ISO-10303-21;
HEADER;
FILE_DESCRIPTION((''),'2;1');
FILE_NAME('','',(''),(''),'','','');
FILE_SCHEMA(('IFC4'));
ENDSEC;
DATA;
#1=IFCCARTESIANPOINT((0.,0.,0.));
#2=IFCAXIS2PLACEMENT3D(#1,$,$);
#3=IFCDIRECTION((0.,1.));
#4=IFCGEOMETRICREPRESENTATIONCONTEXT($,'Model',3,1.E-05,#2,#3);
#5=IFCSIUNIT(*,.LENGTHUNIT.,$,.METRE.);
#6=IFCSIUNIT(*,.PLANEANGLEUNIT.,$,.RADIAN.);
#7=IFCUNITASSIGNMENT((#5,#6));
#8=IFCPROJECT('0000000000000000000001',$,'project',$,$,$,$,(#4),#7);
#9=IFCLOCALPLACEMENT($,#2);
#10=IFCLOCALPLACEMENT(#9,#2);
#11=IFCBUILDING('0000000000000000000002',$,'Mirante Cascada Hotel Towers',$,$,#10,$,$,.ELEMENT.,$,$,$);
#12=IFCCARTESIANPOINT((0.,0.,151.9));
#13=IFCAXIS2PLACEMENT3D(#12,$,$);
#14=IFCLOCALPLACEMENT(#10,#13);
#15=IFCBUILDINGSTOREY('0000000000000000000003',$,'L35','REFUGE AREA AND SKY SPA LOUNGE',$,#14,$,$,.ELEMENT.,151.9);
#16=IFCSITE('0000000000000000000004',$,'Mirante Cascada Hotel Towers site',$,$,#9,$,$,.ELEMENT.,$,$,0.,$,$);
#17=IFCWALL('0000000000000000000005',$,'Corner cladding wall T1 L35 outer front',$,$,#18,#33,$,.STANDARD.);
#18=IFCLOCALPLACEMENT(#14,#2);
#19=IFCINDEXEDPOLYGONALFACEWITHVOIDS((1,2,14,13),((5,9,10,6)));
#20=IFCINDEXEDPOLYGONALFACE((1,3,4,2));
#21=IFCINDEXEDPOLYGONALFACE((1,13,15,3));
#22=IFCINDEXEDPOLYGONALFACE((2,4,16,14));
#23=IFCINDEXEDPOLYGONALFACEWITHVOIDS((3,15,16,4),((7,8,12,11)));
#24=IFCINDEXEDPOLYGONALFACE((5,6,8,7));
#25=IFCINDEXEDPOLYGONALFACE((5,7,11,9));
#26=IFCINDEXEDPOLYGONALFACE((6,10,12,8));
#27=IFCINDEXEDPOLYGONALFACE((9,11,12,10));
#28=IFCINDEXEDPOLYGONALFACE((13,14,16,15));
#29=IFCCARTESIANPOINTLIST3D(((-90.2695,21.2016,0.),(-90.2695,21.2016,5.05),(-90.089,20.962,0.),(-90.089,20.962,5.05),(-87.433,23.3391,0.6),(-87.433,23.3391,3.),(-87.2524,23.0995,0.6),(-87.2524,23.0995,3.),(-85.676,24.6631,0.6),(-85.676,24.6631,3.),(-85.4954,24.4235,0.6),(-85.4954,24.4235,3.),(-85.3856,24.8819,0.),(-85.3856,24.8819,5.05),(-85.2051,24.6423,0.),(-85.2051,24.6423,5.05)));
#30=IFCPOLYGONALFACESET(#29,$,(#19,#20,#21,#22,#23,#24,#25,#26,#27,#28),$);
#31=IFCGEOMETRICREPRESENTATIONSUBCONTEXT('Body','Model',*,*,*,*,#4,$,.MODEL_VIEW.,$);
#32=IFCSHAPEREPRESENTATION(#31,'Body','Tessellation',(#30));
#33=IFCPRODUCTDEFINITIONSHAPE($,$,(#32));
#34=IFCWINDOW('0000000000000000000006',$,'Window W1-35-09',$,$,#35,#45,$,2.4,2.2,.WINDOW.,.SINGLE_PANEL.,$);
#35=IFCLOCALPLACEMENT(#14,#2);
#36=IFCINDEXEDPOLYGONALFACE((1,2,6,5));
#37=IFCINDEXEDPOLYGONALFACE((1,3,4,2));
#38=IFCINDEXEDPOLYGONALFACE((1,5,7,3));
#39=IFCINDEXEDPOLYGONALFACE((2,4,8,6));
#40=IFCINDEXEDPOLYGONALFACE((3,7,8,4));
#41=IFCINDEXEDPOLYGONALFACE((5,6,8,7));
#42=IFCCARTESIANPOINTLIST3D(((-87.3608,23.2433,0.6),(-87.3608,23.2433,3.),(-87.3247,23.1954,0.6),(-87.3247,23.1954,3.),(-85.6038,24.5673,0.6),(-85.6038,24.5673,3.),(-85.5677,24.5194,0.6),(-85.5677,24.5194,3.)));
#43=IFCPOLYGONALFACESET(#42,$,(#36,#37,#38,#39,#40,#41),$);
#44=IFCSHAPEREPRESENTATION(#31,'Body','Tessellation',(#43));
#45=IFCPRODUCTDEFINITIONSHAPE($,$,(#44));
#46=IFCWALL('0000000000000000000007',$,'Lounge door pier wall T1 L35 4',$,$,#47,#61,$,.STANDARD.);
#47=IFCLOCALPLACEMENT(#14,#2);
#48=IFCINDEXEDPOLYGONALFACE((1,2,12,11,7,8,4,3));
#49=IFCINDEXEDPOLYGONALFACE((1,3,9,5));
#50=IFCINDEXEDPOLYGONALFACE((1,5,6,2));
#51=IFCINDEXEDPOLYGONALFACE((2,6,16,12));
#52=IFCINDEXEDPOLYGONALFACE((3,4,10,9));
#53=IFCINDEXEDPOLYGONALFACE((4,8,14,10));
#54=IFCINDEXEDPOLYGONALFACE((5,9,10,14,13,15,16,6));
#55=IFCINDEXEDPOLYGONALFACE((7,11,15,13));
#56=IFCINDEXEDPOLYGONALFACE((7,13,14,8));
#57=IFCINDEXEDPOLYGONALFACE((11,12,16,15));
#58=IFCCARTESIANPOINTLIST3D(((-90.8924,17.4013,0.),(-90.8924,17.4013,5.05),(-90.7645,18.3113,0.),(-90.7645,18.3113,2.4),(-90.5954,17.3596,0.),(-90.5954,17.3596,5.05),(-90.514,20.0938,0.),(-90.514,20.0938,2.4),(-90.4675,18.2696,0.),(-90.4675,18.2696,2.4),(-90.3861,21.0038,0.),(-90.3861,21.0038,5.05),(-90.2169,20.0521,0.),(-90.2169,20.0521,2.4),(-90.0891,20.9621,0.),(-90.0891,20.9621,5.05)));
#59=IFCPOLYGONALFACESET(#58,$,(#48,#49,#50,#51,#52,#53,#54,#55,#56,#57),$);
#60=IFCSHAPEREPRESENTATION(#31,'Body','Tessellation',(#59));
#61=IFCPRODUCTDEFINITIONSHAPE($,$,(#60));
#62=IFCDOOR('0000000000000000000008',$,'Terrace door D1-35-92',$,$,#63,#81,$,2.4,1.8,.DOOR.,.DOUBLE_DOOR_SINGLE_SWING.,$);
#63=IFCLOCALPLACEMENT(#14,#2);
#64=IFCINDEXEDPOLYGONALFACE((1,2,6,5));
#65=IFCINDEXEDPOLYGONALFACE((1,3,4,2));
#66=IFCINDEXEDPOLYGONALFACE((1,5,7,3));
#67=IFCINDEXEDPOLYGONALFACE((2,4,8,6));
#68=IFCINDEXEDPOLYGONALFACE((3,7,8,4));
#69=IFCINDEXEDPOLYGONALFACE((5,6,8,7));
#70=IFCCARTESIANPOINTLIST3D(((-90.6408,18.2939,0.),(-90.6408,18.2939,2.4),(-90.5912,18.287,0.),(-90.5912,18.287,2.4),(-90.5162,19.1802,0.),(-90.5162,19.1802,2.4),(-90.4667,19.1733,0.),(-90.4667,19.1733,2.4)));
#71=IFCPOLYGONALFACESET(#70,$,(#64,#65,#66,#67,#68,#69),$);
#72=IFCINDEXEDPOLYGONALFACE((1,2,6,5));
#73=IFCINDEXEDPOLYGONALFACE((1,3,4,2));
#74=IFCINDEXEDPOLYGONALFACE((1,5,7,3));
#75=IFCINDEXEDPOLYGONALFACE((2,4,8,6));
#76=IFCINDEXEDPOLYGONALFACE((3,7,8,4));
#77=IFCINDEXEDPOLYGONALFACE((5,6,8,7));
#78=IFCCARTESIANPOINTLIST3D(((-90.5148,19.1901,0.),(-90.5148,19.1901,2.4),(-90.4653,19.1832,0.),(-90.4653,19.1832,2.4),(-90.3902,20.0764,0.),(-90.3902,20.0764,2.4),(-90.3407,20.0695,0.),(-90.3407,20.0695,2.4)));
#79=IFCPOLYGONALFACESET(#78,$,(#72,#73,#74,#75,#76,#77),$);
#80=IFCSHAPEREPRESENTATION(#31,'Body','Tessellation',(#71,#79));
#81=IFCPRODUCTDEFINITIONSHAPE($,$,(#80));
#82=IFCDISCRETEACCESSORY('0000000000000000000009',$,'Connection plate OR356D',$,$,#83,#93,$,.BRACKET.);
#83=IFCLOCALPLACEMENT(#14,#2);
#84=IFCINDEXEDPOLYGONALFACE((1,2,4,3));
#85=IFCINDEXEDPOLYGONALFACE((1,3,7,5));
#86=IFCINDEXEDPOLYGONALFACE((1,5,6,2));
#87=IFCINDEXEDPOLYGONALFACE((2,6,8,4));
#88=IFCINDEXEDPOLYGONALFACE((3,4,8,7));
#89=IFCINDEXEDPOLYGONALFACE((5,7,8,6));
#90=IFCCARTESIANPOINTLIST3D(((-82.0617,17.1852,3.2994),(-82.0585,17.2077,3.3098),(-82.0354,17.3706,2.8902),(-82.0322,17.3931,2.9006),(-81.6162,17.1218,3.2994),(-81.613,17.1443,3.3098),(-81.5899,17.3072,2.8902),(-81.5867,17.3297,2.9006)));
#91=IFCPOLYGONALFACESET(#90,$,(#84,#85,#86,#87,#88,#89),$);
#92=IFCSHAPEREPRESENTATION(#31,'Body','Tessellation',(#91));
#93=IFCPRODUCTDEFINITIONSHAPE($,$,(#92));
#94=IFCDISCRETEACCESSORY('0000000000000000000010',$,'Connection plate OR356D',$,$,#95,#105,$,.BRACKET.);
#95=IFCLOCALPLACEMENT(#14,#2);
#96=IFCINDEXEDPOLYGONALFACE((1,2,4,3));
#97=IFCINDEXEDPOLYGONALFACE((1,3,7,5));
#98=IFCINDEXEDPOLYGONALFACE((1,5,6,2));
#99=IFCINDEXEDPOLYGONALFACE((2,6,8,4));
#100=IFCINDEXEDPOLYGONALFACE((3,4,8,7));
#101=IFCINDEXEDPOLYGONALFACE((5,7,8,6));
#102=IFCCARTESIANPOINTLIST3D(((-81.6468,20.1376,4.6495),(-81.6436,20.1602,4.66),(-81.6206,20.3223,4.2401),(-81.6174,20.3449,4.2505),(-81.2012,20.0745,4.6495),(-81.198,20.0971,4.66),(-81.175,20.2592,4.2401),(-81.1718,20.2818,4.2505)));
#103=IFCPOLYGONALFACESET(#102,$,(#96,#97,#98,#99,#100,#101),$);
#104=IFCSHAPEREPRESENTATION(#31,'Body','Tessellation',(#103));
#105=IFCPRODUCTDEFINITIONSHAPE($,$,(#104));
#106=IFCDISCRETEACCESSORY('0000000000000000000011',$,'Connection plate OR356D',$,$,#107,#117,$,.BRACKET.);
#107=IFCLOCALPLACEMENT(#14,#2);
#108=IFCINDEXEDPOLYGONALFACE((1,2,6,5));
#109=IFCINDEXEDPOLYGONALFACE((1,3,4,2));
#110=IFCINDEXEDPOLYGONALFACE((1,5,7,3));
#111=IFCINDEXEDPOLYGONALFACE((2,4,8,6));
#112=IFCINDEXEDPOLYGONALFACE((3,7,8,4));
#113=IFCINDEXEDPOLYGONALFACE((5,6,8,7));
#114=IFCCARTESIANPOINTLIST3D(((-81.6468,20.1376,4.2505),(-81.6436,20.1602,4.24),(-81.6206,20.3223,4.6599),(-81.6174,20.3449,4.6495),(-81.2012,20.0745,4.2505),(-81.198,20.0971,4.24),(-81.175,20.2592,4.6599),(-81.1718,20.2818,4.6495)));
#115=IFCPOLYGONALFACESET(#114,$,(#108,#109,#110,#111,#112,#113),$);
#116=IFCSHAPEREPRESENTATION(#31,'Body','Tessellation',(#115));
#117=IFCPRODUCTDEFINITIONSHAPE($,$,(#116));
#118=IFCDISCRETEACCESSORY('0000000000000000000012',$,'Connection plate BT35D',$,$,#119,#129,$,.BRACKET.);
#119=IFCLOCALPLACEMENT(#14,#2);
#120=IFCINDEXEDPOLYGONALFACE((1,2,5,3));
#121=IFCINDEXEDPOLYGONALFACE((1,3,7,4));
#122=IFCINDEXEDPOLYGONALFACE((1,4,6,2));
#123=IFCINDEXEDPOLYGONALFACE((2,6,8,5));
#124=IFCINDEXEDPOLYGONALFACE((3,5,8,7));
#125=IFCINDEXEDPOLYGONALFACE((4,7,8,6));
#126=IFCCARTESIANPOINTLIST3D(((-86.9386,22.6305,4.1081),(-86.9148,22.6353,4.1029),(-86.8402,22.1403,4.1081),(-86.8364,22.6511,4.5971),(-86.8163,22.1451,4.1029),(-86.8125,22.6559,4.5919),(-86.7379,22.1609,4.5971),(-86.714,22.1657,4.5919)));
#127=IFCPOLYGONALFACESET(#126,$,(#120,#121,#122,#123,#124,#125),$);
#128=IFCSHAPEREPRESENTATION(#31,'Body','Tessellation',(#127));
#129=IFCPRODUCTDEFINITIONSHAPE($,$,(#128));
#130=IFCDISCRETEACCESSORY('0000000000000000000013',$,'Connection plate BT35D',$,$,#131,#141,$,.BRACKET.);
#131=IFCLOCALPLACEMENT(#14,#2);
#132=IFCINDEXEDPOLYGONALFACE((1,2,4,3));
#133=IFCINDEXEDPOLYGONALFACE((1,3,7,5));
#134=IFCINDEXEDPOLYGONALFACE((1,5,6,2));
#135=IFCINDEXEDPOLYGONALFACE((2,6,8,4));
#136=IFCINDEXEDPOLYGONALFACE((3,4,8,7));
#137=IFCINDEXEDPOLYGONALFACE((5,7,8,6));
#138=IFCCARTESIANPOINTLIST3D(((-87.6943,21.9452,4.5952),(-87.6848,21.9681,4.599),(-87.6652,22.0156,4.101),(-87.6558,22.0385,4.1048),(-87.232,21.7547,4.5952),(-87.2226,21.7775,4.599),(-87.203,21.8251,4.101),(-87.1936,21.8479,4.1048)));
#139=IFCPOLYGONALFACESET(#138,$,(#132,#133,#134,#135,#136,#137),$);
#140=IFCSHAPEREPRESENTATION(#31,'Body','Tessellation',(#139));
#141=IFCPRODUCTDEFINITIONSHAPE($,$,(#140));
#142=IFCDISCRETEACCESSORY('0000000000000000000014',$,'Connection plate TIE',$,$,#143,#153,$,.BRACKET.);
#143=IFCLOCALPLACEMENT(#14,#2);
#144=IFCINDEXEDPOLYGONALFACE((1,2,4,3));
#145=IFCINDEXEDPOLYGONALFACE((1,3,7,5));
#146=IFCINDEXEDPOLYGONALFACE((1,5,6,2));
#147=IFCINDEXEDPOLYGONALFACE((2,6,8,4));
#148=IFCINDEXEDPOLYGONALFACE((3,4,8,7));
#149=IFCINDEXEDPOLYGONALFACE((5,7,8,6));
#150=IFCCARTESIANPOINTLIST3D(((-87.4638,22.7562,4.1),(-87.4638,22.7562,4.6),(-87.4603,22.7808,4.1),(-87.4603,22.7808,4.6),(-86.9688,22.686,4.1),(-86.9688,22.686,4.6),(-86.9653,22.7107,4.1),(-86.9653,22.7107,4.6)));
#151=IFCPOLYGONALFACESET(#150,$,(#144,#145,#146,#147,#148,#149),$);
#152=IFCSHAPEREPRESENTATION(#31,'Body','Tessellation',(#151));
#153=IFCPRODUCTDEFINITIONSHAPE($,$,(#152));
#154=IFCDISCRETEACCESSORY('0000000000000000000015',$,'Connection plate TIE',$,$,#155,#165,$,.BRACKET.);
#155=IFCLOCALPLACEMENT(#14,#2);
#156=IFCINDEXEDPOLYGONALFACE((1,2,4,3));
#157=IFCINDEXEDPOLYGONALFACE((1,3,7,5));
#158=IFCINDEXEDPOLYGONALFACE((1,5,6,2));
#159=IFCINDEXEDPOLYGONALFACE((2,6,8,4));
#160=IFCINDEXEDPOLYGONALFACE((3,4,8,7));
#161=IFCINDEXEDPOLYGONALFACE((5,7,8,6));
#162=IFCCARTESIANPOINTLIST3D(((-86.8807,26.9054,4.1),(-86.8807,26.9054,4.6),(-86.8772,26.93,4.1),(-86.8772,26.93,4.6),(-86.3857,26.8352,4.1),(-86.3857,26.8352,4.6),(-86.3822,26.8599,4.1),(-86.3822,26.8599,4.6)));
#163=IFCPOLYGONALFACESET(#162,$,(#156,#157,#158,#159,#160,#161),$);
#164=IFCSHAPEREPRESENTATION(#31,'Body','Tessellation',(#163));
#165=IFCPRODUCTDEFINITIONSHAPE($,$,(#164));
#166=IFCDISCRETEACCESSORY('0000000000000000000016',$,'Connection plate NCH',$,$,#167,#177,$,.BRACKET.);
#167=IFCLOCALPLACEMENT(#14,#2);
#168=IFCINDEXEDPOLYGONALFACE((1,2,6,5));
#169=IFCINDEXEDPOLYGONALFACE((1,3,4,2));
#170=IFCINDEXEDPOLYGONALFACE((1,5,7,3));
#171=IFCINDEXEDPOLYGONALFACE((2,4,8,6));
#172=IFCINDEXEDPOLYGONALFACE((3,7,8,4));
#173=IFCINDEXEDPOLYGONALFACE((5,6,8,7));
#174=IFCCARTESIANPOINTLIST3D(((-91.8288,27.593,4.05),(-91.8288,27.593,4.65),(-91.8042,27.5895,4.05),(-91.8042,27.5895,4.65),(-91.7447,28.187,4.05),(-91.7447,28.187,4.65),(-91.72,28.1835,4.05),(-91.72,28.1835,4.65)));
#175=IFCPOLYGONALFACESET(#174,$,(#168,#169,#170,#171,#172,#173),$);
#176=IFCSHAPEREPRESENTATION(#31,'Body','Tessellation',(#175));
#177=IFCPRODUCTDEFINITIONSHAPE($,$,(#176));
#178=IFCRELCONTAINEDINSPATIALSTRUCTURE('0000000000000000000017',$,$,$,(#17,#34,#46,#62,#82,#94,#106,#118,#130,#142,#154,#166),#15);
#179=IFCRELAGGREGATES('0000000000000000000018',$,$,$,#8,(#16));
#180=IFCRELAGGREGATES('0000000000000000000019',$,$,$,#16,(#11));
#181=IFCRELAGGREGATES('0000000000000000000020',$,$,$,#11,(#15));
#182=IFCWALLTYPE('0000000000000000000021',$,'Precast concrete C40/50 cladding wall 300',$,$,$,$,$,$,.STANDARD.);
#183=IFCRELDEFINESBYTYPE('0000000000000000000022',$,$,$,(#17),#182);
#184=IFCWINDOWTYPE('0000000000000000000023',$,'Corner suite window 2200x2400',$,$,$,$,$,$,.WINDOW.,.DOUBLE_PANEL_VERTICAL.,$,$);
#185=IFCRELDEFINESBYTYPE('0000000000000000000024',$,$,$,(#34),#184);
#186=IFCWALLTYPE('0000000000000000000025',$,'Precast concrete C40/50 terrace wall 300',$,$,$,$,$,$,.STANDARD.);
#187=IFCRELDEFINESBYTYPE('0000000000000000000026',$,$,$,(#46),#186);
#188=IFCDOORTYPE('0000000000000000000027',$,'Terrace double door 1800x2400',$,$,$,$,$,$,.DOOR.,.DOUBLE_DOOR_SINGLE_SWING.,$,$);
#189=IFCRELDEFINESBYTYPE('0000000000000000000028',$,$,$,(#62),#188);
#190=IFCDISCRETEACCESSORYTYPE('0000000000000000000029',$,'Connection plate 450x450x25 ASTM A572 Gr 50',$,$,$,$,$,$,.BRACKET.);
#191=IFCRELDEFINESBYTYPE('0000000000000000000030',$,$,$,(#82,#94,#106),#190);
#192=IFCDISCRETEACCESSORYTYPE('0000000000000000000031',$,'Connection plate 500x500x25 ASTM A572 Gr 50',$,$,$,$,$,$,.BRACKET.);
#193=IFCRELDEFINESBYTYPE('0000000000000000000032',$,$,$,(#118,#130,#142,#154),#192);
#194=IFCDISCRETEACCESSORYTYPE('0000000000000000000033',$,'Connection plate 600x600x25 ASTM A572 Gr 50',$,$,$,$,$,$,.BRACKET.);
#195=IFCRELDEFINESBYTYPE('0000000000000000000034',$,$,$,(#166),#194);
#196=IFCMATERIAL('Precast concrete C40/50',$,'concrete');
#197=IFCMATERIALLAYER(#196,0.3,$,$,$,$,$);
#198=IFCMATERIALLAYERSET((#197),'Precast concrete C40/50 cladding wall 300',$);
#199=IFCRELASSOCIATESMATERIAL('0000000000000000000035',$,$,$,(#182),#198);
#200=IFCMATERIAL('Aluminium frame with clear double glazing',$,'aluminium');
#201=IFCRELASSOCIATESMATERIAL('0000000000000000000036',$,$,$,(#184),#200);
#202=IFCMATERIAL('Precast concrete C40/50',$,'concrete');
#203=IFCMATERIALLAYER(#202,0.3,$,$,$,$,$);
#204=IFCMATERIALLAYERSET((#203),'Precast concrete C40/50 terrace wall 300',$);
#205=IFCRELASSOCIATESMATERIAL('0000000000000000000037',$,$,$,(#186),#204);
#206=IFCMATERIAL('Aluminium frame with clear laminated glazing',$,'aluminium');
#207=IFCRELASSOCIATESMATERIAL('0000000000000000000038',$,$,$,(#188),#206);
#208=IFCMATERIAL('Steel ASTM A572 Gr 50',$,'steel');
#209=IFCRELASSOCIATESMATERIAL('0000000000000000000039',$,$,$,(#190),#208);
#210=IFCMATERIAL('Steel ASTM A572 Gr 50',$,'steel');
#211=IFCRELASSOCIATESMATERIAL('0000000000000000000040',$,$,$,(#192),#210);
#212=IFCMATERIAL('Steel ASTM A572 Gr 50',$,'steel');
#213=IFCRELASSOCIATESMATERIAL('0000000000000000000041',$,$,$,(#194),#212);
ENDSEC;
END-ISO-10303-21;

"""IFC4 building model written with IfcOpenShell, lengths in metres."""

from ifc_helpers import new_model, si_unit, direction, frame, frame_2d, origin, origin_2d, place, context, subcontext, project, spatial, rectangle, extrude, material, layer, layer_set, material_profile, profile_set, type_object, element, fill, save


model = new_model("IFC4")

# Units and contexts
model_context = context("Model", 3, precision=1e-05, world=origin(), true_north=direction((0.0, 1.0)))
body_context = subcontext(model_context, "Body", "Model", "MODEL_VIEW")
ifc_project = project(units=[si_unit("LENGTHUNIT", "METRE"), si_unit("PLANEANGLEUNIT", "RADIAN")], contexts=[model_context])

# Site, building, storey
site_placement = place(None, origin())
site = spatial("IfcSite", under=ifc_project, at=site_placement, Name="Mirante Cascada Hotel Towers site", CompositionType="ELEMENT", RefElevation=0.0)
building_placement = place(site_placement, origin())
building = spatial("IfcBuilding", under=site, at=building_placement, Name="Mirante Cascada Hotel Towers", CompositionType="ELEMENT")
storey_placement = place(building_placement, frame((0.0, 0.0, 151.9)))
storey = spatial("IfcBuildingStorey", under=building, at=storey_placement, Name="L35", Description="REFUGE AREA AND SKY SPA LOUNGE", CompositionType="ELEMENT", Elevation=151.9)

# Wall, opening, window
ifc_material_1 = material(Name="Precast concrete C40/50", Category="concrete")
ifc_layer_1 = layer(ifc_material_1, 0.3)
ifc_layer_set_1 = layer_set([ifc_layer_1], Name="Precast concrete C40/50 cladding wall 300")
wall_type_1 = type_object("IfcWallType", Name="Precast concrete C40/50 cladding wall 300", PredefinedType="STANDARD", material=ifc_layer_set_1)
wall_1_placement = place(storey_placement, frame((-90.1793, 21.0818, 0.0), z_axis=(0.0, 0.0, 1.0), x_axis=(0.798634, 0.601817, 0.0)))
wall_1 = element("IfcWall", 1, at=wall_1_placement, inside=storey, type_object=wall_type_1, Name="Corner cladding wall T1 L35 outer front", PredefinedType="STANDARD", context=body_context, shape_type="SweptSolid", body=[
    extrude(rectangle(XDim=6.1153, YDim=0.3, at=frame_2d((3.0577, 0.0))), origin(), (0.0, 0.0, 1.0), 5.05),
])
opening_1_placement = place(wall_1_placement, frame((3.5518, 0.0, 0.6)))
opening_1 = element("IfcOpeningElement", 2, at=opening_1_placement, cuts=wall_1, PredefinedType="OPENING", context=body_context, shape_type="SweptSolid", body=[
    extrude(rectangle(XDim=2.2, YDim=2.4, at=frame_2d((1.1, 1.2))), frame((0.0, 0.15, 0.0), z_axis=(0.0, -1.0, 0.0), x_axis=(1.0, 0.0, 0.0)), (0.0, 0.0, 1.0), 0.3),
])
ifc_material_2 = material(Name="Aluminium frame with clear double glazing", Category="aluminium")
window_type = type_object("IfcWindowType", Name="Corner suite window 2200x2400", PartitioningType="DOUBLE_PANEL_VERTICAL", PredefinedType="WINDOW", material=ifc_material_2)
window_placement = place(opening_1_placement, origin())
window = element("IfcWindow", 3, at=window_placement, inside=storey, type_object=window_type, Name="Window W1-35-09", OverallHeight=2.4, OverallWidth=2.2, PartitioningType="SINGLE_PANEL", PredefinedType="WINDOW", context=body_context, shape_type="SweptSolid", body=[
    extrude(rectangle(XDim=2.2, YDim=2.4, at=frame_2d((1.1, 1.2))), frame((0.0, 0.03, 0.0), z_axis=(0.0, -1.0, 0.0), x_axis=(1.0, 0.0, 0.0)), (0.0, 0.0, 1.0), 0.06),
])
fill(opening_1, window)

# Wall, opening, door
ifc_material_3 = material(Name="Precast concrete C40/50", Category="concrete")
ifc_layer_2 = layer(ifc_material_3, 0.3)
ifc_layer_set_2 = layer_set([ifc_layer_2], Name="Precast concrete C40/50 terrace wall 300")
wall_type_2 = type_object("IfcWallType", Name="Precast concrete C40/50 terrace wall 300", PredefinedType="STANDARD", material=ifc_layer_set_2)
wall_2_placement = place(storey_placement, frame((-90.7439, 17.3804, 0.0), z_axis=(0.0, 0.0, 1.0), x_axis=(0.139174, 0.990268, 0.0)))
wall_2 = element("IfcWall", 4, at=wall_2_placement, inside=storey, type_object=wall_type_2, Name="Lounge door pier wall T1 L35 4", PredefinedType="STANDARD", context=body_context, shape_type="SweptSolid", body=[
    extrude(rectangle(XDim=3.6379, YDim=0.3, at=frame_2d((1.819, 0.0))), origin(), (0.0, 0.0, 1.0), 5.05),
])
opening_2_placement = place(wall_2_placement, frame((0.919, 0.0, 0.0)))
opening_2 = element("IfcOpeningElement", 5, at=opening_2_placement, cuts=wall_2, PredefinedType="OPENING", context=body_context, shape_type="SweptSolid", body=[
    extrude(rectangle(XDim=1.8, YDim=2.4, at=frame_2d((0.9, 1.2))), frame((0.0, 0.15, 0.0), z_axis=(0.0, -1.0, 0.0), x_axis=(1.0, 0.0, 0.0)), (0.0, 0.0, 1.0), 0.3),
])
ifc_material_4 = material(Name="Aluminium frame with clear laminated glazing", Category="aluminium")
door_type = type_object("IfcDoorType", Name="Terrace double door 1800x2400", OperationType="DOUBLE_DOOR_SINGLE_SWING", PredefinedType="DOOR", material=ifc_material_4)
door_placement = place(opening_2_placement, origin())
door = element("IfcDoor", 6, at=door_placement, inside=storey, type_object=door_type, Name="Terrace door D1-35-92", OperationType="DOUBLE_DOOR_SINGLE_SWING", OverallHeight=2.4, OverallWidth=1.8, PredefinedType="DOOR", context=body_context, shape_type="SweptSolid", body=[
    extrude(rectangle(XDim=0.895, YDim=2.4, at=frame_2d((0.4475, 1.2))), frame((0.0, 0.025, 0.0), z_axis=(0.0, -1.0, 0.0), x_axis=(1.0, 0.0, 0.0)), (0.0, 0.0, 1.0), 0.05),
    extrude(rectangle(XDim=0.895, YDim=2.4, at=frame_2d((1.3525, 1.2))), frame((0.0, 0.025, 0.0), z_axis=(0.0, -1.0, 0.0), x_axis=(1.0, 0.0, 0.0)), (0.0, 0.0, 1.0), 0.05),
])
fill(opening_2, door)

# Discrete accessories
ifc_material_5 = material(Name="Steel ASTM A572 Gr 50", Category="steel")
ifc_material_profile_1 = material_profile(ifc_material_5, rectangle(XDim=0.45, YDim=0.45, at=origin_2d()), Name="Connection plate 450x450x25 ASTM A572 Gr 50")
ifc_profile_set_1 = profile_set([ifc_material_profile_1], Name="Steel ASTM A572 Gr 50")
discrete_accessory_type_1 = type_object("IfcDiscreteAccessoryType", Name="Connection plate 450x450x25 ASTM A572 Gr 50", PredefinedType="BRACKET", material=ifc_profile_set_1)
discrete_accessory_1_placement = place(storey_placement, frame((-81.8258, 17.2462, 3.0948), z_axis=(0.128036, 0.900252, 0.416117), x_axis=(-0.990037, 0.140805, 0.0)))
element("IfcDiscreteAccessory", 7, at=discrete_accessory_1_placement, inside=storey, type_object=discrete_accessory_type_1, Name="Connection plate OR356D", PredefinedType="BRACKET", context=body_context, shape_type="SweptSolid", body=[
    extrude(rectangle(XDim=0.45, YDim=0.45, at=origin_2d()), origin(), (0.0, 0.0, 1.0), 0.025),
])
for number, where, z_axis, x_axis, name in (
    (8, (-81.4109, 20.1984, 4.4448), (0.127576, 0.901006, 0.414622), (-0.990124, 0.140194, 0.0), "Connection plate OR356D"),
    (9, (-81.4109, 20.1984, 4.4552), (0.127576, 0.901006, -0.414622), (-0.990124, 0.140194, 0.0), "Connection plate OR356D"),
):
    element("IfcDiscreteAccessory", number, at=place(storey_placement, frame(where, z_axis=z_axis, x_axis=x_axis)), inside=storey, type_object=discrete_accessory_type_1, Name=name, PredefinedType="BRACKET", context=body_context, shape_type="SweptSolid", body=[
        extrude(rectangle(XDim=0.45, YDim=0.45, at=origin_2d()), origin(), (0.0, 0.0, 1.0), 0.0251),
    ])
ifc_material_6 = material(Name="Steel ASTM A572 Gr 50", Category="steel")
ifc_material_profile_2 = material_profile(ifc_material_6, rectangle(XDim=0.5, YDim=0.5, at=origin_2d()), Name="Connection plate 500x500x25 ASTM A572 Gr 50")
ifc_profile_set_2 = profile_set([ifc_material_profile_2], Name="Steel ASTM A572 Gr 50")
discrete_accessory_type_2 = type_object("IfcDiscreteAccessoryType", Name="Connection plate 500x500x25 ASTM A572 Gr 50", PredefinedType="BRACKET", material=ifc_profile_set_2)
discrete_accessory_2_placement = place(storey_placement, frame((-86.8144, 22.4005, 4.3474), z_axis=(-0.95885, -0.192572, 0.20862), x_axis=(0.196905, -0.980423, 0.0)))
element("IfcDiscreteAccessory", 10, at=discrete_accessory_2_placement, inside=storey, type_object=discrete_accessory_type_2, Name="Connection plate BT35D", PredefinedType="BRACKET", context=body_context, shape_type="SweptSolid", body=[
    extrude(rectangle(XDim=0.5, YDim=0.5, at=origin_2d()), origin(), (0.0, 0.0, 1.0), 0.0249),
])
discrete_accessory_3_placement = place(storey_placement, frame((-87.4392, 21.908, 4.3519), z_axis=(-0.376712, -0.913727, -0.152288), x_axis=(0.92451, -0.381158, 0.0)))
element("IfcDiscreteAccessory", 11, at=discrete_accessory_3_placement, inside=storey, type_object=discrete_accessory_type_2, Name="Connection plate BT35D", PredefinedType="BRACKET", context=body_context, shape_type="SweptSolid", body=[
    extrude(rectangle(XDim=0.5, YDim=0.5, at=origin_2d()), origin(), (0.0, 0.0, 1.0), 0.025),
])
for number, where, z_axis, x_axis, name in (
    (12, (-87.2163, 22.7211, 4.35), (0.140299, 0.990109, 0.0), (-0.990109, 0.140299, 0.0), "Connection plate TIE"),
    (13, (-86.6332, 26.8703, 4.35), (0.140299, 0.990109, 0.0), (-0.990109, 0.140299, 0.0), "Connection plate TIE"),
):
    element("IfcDiscreteAccessory", number, at=place(storey_placement, frame(where, z_axis=z_axis, x_axis=x_axis)), inside=storey, type_object=discrete_accessory_type_2, Name=name, PredefinedType="BRACKET", context=body_context, shape_type="SweptSolid", body=[
        extrude(rectangle(XDim=0.5, YDim=0.5, at=origin_2d()), origin(), (0.0, 0.0, 1.0), 0.0249),
    ])
ifc_material_7 = material(Name="Steel ASTM A572 Gr 50", Category="steel")
ifc_material_profile_3 = material_profile(ifc_material_7, rectangle(XDim=0.6, YDim=0.6, at=origin_2d()), Name="Connection plate 600x600x25 ASTM A572 Gr 50")
ifc_profile_set_3 = profile_set([ifc_material_profile_3], Name="Steel ASTM A572 Gr 50")
discrete_accessory_type_3 = type_object("IfcDiscreteAccessoryType", Name="Connection plate 600x600x25 ASTM A572 Gr 50", PredefinedType="BRACKET", material=ifc_profile_set_3)
discrete_accessory_4_placement = place(storey_placement, frame((-91.7621, 27.8865, 4.35), z_axis=(-0.990109, 0.140299, 0.0), x_axis=(-0.140299, -0.990109, 0.0)))
element("IfcDiscreteAccessory", 14, at=discrete_accessory_4_placement, inside=storey, type_object=discrete_accessory_type_3, Name="Connection plate NCH", PredefinedType="BRACKET", context=body_context, shape_type="SweptSolid", body=[
    extrude(rectangle(XDim=0.6, YDim=0.6, at=origin_2d()), origin(), (0.0, 0.0, 1.0), 0.0249),
])

save(model, "model.ifc")
